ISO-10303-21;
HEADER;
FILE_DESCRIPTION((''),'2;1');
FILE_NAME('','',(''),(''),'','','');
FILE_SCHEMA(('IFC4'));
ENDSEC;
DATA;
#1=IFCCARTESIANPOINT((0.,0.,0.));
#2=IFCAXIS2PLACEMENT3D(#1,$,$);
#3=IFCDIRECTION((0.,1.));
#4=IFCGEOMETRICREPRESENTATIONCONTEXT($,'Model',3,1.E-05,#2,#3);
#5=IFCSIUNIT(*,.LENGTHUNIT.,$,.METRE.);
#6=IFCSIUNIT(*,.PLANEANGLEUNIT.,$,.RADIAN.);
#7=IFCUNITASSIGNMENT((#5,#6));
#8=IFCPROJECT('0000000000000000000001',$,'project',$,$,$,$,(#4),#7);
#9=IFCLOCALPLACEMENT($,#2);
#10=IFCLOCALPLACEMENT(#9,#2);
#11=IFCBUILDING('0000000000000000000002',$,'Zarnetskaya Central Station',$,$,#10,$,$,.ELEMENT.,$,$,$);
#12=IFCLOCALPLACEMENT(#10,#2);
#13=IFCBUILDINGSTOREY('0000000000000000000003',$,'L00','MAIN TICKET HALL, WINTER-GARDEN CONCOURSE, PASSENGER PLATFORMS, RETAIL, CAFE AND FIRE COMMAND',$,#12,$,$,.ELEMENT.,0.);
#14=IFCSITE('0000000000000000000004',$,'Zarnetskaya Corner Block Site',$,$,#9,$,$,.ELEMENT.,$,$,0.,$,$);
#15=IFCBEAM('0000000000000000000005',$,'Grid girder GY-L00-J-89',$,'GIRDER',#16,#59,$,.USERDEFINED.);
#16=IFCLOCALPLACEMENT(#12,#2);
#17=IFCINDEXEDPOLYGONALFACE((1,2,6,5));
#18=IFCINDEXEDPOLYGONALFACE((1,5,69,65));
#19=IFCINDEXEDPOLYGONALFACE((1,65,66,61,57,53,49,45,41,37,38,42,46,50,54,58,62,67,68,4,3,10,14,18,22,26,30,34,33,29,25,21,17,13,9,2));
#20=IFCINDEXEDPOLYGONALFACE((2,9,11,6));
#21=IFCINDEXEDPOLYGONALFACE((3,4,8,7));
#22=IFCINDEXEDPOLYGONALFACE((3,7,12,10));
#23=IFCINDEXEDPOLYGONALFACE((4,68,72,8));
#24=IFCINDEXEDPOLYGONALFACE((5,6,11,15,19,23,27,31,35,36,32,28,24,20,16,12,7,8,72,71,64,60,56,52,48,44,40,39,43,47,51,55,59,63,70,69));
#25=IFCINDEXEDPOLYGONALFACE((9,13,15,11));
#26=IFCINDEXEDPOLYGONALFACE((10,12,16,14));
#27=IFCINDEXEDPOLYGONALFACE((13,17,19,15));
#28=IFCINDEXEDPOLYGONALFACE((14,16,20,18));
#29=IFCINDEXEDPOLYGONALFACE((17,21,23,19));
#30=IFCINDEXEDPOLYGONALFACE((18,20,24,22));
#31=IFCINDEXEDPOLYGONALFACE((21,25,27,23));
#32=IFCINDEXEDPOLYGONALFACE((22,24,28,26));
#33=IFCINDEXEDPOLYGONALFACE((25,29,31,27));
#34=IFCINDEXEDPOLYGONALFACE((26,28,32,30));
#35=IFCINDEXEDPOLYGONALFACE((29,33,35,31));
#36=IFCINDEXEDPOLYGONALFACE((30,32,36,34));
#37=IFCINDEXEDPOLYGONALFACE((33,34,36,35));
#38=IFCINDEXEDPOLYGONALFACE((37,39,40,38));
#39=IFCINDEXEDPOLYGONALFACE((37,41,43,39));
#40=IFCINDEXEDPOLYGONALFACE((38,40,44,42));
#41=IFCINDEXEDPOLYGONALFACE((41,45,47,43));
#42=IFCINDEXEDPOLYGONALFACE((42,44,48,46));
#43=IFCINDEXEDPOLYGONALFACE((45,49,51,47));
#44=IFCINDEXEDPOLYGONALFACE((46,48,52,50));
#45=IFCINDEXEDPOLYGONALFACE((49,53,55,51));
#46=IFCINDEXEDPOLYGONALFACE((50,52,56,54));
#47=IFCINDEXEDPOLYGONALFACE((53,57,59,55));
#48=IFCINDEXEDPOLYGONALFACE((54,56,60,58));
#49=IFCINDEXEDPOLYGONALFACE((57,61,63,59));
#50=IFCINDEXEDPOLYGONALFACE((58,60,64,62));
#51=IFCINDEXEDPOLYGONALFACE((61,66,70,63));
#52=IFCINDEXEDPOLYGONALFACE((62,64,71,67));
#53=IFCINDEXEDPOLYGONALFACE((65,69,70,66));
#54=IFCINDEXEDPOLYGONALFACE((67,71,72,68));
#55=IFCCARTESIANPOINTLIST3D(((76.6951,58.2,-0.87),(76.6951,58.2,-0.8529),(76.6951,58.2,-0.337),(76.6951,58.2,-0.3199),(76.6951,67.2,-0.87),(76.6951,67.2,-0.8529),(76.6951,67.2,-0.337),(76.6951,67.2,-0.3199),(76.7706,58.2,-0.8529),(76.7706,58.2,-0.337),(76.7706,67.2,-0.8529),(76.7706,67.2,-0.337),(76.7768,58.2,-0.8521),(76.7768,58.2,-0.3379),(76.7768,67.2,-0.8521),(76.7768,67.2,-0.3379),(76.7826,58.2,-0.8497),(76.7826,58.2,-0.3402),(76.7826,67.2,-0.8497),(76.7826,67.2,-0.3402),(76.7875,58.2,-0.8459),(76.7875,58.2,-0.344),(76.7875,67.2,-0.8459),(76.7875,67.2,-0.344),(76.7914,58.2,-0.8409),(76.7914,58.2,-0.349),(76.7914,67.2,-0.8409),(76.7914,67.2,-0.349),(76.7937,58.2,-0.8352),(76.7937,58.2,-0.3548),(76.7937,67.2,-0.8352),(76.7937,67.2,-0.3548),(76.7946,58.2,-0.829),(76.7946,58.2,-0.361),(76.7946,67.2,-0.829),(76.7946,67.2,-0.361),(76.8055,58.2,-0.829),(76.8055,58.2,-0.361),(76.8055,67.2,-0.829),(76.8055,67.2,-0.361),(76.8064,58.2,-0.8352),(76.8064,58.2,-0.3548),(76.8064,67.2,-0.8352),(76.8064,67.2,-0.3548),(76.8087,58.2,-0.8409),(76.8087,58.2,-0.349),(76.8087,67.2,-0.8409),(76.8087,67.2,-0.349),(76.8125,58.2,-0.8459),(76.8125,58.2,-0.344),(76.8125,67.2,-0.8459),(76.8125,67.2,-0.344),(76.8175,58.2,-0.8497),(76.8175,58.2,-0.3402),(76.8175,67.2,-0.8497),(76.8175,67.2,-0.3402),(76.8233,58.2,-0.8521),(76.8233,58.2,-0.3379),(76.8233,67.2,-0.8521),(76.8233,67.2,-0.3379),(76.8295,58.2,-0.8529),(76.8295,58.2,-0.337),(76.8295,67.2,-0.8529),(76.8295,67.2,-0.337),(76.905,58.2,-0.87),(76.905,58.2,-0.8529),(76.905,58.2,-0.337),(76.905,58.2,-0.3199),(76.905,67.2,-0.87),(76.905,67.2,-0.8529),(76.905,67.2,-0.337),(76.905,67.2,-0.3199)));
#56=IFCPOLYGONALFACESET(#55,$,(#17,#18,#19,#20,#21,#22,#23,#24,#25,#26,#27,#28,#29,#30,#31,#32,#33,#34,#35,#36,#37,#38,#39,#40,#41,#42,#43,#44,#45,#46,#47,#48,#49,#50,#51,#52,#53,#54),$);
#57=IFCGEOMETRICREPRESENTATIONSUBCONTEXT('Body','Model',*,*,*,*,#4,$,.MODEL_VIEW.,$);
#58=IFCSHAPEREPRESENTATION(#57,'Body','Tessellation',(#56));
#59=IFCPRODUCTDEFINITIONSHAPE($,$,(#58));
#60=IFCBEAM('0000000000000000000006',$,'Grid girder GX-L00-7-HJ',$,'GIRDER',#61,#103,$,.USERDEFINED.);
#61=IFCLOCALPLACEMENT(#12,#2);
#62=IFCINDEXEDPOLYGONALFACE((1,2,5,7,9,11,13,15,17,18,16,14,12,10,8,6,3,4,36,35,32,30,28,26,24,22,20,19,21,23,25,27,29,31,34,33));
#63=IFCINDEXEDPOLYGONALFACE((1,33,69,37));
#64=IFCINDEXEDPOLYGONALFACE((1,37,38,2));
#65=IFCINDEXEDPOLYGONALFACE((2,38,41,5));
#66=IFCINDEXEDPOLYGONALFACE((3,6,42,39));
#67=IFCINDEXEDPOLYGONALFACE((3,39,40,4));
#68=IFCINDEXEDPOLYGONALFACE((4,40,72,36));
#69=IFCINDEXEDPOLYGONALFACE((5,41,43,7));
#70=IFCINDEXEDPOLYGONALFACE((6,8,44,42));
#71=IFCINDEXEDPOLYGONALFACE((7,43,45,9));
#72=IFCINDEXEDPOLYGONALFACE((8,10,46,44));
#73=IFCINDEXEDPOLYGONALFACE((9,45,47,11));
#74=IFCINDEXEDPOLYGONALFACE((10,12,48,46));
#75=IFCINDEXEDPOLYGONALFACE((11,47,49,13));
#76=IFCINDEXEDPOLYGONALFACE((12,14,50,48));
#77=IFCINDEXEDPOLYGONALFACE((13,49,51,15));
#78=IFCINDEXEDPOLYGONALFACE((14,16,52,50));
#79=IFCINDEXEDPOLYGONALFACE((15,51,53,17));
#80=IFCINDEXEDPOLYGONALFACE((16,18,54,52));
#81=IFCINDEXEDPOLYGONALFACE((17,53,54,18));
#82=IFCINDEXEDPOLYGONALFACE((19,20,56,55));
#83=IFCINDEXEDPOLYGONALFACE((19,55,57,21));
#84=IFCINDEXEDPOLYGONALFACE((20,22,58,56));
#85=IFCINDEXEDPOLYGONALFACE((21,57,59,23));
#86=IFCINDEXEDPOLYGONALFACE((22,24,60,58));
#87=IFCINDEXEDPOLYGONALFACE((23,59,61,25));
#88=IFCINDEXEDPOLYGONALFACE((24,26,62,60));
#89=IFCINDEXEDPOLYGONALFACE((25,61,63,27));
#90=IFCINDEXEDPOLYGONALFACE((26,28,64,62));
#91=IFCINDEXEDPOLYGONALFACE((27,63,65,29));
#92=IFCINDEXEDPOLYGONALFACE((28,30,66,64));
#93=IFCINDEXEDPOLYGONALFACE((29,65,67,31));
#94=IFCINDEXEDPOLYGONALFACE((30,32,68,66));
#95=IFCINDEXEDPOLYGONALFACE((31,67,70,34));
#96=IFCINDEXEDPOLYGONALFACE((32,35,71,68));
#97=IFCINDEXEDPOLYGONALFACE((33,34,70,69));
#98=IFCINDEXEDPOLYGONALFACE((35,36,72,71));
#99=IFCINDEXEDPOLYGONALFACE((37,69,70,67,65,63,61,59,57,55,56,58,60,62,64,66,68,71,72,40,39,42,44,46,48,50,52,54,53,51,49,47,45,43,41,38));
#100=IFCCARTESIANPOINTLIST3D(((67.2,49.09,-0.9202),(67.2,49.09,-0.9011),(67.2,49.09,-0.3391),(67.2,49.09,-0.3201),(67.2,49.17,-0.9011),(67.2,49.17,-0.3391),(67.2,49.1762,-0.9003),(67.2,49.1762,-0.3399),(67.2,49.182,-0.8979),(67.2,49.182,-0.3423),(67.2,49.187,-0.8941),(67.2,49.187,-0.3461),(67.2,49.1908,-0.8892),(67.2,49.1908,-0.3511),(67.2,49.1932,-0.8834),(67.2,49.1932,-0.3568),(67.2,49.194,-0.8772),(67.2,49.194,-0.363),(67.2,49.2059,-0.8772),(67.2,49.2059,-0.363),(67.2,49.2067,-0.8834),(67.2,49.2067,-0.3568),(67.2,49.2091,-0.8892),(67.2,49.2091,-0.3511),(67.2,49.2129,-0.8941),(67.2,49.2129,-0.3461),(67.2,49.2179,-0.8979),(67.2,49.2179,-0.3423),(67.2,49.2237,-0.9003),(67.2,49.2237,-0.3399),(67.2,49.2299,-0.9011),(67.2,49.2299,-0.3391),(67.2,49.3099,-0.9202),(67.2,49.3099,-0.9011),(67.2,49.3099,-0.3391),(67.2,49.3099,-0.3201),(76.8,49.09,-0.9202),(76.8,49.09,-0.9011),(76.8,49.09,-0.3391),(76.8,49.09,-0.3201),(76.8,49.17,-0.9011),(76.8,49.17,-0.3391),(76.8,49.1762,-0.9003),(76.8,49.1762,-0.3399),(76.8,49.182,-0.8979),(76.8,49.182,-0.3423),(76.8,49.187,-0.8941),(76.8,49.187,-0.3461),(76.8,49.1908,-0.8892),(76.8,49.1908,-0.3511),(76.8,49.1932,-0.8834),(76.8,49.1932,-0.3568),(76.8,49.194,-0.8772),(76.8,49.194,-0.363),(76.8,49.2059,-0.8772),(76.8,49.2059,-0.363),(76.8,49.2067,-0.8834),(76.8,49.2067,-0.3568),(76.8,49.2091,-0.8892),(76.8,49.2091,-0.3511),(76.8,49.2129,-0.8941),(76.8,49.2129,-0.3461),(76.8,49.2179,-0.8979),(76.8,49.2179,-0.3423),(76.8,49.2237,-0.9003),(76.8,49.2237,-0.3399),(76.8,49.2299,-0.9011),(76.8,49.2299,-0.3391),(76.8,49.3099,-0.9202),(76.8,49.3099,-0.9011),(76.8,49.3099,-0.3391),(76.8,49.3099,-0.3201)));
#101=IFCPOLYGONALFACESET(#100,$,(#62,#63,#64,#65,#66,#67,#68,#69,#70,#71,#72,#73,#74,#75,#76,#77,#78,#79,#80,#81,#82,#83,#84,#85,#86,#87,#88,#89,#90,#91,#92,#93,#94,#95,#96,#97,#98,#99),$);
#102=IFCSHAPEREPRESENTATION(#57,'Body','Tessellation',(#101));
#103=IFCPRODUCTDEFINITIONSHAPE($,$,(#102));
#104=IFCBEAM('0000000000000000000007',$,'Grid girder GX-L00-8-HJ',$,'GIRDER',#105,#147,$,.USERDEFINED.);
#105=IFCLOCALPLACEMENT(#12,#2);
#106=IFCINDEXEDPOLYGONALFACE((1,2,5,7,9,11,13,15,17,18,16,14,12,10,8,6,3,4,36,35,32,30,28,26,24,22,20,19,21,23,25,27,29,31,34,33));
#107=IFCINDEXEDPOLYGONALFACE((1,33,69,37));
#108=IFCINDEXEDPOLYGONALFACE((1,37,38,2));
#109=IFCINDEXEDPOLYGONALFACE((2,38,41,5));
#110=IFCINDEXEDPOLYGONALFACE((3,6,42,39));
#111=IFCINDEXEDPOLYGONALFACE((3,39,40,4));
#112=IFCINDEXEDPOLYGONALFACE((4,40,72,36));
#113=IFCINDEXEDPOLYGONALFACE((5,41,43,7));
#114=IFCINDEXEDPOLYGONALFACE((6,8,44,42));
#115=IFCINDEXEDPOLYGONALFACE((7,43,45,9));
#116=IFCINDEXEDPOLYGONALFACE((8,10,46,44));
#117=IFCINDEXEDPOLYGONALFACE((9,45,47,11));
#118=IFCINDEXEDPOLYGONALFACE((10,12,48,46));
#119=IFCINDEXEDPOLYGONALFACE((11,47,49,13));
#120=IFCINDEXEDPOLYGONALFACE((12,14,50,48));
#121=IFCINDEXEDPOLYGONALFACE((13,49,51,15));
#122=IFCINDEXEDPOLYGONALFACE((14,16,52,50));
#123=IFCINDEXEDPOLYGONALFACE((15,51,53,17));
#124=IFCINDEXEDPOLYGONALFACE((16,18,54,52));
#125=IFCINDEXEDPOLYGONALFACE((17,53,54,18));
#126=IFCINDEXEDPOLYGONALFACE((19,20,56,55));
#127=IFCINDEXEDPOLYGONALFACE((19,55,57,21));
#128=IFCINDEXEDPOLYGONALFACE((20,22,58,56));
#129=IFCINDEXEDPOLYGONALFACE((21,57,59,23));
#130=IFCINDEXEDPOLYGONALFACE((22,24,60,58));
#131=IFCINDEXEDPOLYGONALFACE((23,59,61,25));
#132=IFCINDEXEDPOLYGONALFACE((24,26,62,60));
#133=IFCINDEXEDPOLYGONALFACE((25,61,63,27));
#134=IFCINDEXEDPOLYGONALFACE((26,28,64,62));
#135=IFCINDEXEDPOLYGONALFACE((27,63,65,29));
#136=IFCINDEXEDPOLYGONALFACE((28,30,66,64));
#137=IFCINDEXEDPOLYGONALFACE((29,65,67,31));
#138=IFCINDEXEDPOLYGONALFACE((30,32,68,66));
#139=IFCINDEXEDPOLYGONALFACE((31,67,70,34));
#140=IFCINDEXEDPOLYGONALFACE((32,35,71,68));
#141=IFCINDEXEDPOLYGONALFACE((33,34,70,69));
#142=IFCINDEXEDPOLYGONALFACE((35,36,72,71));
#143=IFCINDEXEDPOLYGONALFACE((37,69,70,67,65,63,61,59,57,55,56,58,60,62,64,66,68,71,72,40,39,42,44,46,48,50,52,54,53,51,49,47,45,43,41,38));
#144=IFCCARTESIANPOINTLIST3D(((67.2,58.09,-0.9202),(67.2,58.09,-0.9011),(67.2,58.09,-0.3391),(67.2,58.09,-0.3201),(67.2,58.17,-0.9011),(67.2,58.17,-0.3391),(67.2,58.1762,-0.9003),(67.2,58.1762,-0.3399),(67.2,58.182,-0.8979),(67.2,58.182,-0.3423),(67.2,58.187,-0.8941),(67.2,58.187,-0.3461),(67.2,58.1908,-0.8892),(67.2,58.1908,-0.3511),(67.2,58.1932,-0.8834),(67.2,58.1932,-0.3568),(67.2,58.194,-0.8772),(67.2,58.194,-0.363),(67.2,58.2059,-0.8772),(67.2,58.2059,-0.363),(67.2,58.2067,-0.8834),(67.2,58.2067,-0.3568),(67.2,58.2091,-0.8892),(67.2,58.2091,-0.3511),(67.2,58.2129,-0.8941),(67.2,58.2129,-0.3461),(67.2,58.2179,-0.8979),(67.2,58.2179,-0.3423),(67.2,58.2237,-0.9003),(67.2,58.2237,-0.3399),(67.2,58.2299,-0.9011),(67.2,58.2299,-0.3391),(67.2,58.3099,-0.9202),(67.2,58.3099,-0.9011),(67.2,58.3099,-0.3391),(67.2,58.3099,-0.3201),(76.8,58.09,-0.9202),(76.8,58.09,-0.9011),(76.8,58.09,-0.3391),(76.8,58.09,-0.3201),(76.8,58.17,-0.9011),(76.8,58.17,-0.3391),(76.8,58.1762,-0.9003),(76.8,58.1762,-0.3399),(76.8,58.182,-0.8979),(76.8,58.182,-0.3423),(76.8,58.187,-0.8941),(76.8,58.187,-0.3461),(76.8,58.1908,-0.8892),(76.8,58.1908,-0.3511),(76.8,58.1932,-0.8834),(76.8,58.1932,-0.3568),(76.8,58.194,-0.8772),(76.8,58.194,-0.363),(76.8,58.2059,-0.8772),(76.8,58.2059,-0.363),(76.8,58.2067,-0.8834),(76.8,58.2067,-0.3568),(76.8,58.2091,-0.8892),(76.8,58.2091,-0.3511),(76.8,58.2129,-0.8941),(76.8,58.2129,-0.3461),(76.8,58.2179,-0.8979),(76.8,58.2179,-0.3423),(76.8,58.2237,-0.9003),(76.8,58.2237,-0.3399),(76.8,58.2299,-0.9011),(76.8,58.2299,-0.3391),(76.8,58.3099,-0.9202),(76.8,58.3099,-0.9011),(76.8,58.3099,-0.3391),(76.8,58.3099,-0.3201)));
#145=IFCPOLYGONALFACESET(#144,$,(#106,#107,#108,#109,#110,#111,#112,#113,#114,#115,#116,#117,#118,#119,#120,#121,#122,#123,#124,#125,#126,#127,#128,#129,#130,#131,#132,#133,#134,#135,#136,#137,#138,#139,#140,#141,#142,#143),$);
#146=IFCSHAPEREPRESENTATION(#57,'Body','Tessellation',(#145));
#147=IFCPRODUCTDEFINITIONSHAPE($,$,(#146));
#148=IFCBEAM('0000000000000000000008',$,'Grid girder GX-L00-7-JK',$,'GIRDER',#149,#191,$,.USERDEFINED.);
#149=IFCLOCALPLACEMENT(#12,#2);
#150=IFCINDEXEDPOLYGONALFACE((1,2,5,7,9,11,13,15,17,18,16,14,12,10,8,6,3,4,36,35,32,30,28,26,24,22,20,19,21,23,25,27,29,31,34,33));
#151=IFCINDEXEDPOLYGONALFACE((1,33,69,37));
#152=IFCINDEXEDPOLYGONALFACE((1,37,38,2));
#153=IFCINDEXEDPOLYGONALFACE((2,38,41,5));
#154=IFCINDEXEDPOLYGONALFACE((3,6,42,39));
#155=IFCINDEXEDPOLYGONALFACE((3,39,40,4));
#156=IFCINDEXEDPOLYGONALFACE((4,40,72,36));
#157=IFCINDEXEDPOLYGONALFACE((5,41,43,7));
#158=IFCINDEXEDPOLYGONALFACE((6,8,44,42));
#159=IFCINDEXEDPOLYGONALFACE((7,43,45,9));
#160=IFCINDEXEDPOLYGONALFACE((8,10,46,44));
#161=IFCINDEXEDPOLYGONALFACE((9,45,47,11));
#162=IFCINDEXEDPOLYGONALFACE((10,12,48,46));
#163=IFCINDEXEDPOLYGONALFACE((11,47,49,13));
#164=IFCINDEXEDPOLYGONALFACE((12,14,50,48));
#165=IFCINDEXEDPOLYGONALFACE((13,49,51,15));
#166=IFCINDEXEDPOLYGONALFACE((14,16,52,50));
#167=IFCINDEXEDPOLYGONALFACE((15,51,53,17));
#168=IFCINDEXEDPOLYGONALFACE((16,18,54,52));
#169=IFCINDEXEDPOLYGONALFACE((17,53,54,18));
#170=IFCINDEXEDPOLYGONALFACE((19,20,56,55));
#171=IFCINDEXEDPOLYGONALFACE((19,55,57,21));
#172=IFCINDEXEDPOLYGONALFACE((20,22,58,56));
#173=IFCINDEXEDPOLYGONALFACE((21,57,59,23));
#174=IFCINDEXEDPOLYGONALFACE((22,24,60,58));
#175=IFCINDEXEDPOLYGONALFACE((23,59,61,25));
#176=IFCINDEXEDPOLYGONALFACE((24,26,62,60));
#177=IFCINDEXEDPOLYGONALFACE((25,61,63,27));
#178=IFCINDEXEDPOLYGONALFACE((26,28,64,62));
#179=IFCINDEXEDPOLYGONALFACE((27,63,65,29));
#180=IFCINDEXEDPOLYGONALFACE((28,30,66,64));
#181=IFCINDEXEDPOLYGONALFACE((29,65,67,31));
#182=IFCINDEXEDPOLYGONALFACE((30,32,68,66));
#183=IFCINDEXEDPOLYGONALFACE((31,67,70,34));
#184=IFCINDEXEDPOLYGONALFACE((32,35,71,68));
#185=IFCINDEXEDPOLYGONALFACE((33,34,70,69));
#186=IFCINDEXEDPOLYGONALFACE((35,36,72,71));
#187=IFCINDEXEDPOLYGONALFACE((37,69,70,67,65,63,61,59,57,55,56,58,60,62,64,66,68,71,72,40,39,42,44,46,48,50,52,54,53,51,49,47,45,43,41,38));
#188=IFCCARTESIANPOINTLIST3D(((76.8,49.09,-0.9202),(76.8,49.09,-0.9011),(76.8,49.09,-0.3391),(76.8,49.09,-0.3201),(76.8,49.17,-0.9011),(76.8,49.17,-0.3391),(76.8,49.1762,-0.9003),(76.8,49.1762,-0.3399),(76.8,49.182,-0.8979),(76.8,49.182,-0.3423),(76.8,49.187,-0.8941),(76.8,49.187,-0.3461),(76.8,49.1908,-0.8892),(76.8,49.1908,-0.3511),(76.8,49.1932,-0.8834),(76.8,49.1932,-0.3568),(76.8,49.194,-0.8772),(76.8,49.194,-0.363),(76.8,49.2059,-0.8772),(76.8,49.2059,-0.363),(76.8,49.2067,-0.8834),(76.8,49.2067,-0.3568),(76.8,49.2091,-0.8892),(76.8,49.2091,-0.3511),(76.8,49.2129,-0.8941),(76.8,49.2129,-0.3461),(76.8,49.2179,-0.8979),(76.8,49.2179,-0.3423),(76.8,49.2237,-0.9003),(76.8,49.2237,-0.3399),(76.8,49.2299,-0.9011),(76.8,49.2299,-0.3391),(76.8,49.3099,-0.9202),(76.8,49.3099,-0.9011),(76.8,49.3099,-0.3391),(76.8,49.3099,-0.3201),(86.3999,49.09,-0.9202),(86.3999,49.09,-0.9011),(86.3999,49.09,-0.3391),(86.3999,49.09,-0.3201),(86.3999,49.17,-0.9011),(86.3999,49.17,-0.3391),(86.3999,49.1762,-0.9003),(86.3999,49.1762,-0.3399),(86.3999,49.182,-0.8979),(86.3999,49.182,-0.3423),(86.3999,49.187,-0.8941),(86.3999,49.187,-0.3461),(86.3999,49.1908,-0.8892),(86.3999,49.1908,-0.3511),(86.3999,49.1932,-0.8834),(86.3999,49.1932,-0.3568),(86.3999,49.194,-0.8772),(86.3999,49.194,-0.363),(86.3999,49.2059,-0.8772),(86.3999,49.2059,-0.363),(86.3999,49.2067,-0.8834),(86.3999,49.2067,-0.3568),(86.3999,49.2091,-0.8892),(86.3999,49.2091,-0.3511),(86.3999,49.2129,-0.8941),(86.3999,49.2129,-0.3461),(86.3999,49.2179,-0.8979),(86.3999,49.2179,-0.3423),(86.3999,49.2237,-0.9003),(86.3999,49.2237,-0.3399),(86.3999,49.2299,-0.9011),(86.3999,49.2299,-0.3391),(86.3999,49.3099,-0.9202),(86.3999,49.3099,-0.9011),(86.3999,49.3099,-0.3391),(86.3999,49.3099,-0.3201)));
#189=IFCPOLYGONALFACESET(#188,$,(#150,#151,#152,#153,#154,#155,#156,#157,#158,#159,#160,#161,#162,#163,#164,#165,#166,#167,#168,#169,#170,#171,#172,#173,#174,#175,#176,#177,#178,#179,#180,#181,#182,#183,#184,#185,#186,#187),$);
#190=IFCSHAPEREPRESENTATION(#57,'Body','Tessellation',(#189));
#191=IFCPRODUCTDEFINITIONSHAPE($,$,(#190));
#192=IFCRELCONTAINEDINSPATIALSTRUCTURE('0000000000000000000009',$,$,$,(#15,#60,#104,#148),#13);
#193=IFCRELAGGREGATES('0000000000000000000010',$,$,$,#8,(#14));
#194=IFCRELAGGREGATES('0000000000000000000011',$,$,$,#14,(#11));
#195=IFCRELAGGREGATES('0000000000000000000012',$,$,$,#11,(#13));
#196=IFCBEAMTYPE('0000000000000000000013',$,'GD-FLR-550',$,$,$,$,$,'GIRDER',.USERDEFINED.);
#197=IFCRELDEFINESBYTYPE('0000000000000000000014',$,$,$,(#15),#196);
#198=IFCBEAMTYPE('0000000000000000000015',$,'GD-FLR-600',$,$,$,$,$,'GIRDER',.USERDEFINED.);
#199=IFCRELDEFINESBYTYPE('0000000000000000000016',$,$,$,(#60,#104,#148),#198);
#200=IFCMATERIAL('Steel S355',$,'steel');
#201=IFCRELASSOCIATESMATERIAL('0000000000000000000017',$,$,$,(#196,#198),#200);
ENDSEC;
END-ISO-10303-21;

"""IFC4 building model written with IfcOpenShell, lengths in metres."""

from ifc_helpers import new_model, si_unit, direction, frame, origin, origin_2d, place, context, subcontext, project, spatial, i_section, extrude, material, material_profile, profile_set, type_object, element, save


model = new_model("IFC4")

# Units and contexts
model_context = context("Model", 3, precision=1e-05, world=origin(), true_north=direction((0.0, 1.0)))
body_context = subcontext(model_context, "Body", "Model", "MODEL_VIEW")
ifc_project = project(units=[si_unit("LENGTHUNIT", "METRE"), si_unit("PLANEANGLEUNIT", "RADIAN")], contexts=[model_context])

# Site, building, storey
site_placement = place(None, origin())
site = spatial("IfcSite", under=ifc_project, at=site_placement, Name="Zarnetskaya Corner Block Site", CompositionType="ELEMENT", RefElevation=0.0)
building_placement = place(site_placement, origin())
building = spatial("IfcBuilding", under=site, at=building_placement, Name="Zarnetskaya Central Station", CompositionType="ELEMENT")
storey_placement = place(building_placement, origin())
storey = spatial("IfcBuildingStorey", under=building, at=storey_placement, Name="L00", Description="MAIN TICKET HALL, WINTER-GARDEN CONCOURSE, PASSENGER PLATFORMS, RETAIL, CAFE AND FIRE COMMAND", CompositionType="ELEMENT", Elevation=0.0)

# Shared definitions
ifc_material_1 = material(Name="Steel S355", Category="steel")

# Beams
ifc_material_profile_1 = material_profile(ifc_material_1, i_section(OverallWidth=0.21, OverallDepth=0.55, WebThickness=0.011, FlangeThickness=0.0171, FilletRadius=0.0239, at=origin_2d()), Name="IPE 550")
ifc_profile_set_1 = profile_set([ifc_material_profile_1], Name="Steel S355")
beam_type_1 = type_object("IfcBeamType", Name="GD-FLR-550", ElementType="GIRDER", PredefinedType="USERDEFINED", material=ifc_profile_set_1)
for number, where, z_axis, x_axis, name in (
    (1, (76.8, 58.2, -0.595), (0.0, 1.0, 0.0), (-1.0, 0.0, 0.0), "Grid girder GY-L00-J-89"),
):
    element("IfcBeam", number, at=place(storey_placement, frame(where, z_axis=z_axis, x_axis=x_axis)), inside=storey, type_object=beam_type_1, Name=name, ObjectType="GIRDER", PredefinedType="USERDEFINED", context=body_context, shape_type="SweptSolid", body=[
        extrude(i_section(OverallWidth=0.21, OverallDepth=0.55, WebThickness=0.011, FlangeThickness=0.0171, FilletRadius=0.0239, at=origin_2d()), origin(), (0.0, 0.0, 1.0), 9.0),
    ])
ifc_material_profile_2 = material_profile(ifc_material_1, i_section(OverallWidth=0.22, OverallDepth=0.6001, WebThickness=0.012, FlangeThickness=0.019, FilletRadius=0.0239, at=origin_2d()), Name="IPE 600")
ifc_profile_set_2 = profile_set([ifc_material_profile_2], Name="Steel S355")
beam_type_2 = type_object("IfcBeamType", Name="GD-FLR-600", ElementType="GIRDER", PredefinedType="USERDEFINED", material=ifc_profile_set_2)
for number, where, z_axis, x_axis, name in (
    (2, (67.2, 49.2, -0.6201), (1.0, 0.0, 0.0), (0.0, 1.0, 0.0), "Grid girder GX-L00-7-HJ"),
    (3, (67.2, 58.2, -0.6201), (1.0, 0.0, 0.0), (0.0, 1.0, 0.0), "Grid girder GX-L00-8-HJ"),
):
    element("IfcBeam", number, at=place(storey_placement, frame(where, z_axis=z_axis, x_axis=x_axis)), inside=storey, type_object=beam_type_2, Name=name, ObjectType="GIRDER", PredefinedType="USERDEFINED", context=body_context, shape_type="SweptSolid", body=[
        extrude(i_section(OverallWidth=0.22, OverallDepth=0.6001, WebThickness=0.012, FlangeThickness=0.019, FilletRadius=0.0239, at=origin_2d()), origin(), (0.0, 0.0, 1.0), 9.6001),
    ])
for number, where, z_axis, x_axis, name in (
    (4, (76.8, 49.2, -0.6201), (1.0, 0.0, 0.0), (0.0, 1.0, 0.0), "Grid girder GX-L00-7-JK"),
):
    element("IfcBeam", number, at=place(storey_placement, frame(where, z_axis=z_axis, x_axis=x_axis)), inside=storey, type_object=beam_type_2, Name=name, ObjectType="GIRDER", PredefinedType="USERDEFINED", context=body_context, shape_type="SweptSolid", body=[
        extrude(i_section(OverallWidth=0.22, OverallDepth=0.6001, WebThickness=0.012, FlangeThickness=0.019, FilletRadius=0.0239, at=origin_2d()), origin(), (0.0, 0.0, 1.0), 9.5999),
    ])

save(model, "model.ifc")
